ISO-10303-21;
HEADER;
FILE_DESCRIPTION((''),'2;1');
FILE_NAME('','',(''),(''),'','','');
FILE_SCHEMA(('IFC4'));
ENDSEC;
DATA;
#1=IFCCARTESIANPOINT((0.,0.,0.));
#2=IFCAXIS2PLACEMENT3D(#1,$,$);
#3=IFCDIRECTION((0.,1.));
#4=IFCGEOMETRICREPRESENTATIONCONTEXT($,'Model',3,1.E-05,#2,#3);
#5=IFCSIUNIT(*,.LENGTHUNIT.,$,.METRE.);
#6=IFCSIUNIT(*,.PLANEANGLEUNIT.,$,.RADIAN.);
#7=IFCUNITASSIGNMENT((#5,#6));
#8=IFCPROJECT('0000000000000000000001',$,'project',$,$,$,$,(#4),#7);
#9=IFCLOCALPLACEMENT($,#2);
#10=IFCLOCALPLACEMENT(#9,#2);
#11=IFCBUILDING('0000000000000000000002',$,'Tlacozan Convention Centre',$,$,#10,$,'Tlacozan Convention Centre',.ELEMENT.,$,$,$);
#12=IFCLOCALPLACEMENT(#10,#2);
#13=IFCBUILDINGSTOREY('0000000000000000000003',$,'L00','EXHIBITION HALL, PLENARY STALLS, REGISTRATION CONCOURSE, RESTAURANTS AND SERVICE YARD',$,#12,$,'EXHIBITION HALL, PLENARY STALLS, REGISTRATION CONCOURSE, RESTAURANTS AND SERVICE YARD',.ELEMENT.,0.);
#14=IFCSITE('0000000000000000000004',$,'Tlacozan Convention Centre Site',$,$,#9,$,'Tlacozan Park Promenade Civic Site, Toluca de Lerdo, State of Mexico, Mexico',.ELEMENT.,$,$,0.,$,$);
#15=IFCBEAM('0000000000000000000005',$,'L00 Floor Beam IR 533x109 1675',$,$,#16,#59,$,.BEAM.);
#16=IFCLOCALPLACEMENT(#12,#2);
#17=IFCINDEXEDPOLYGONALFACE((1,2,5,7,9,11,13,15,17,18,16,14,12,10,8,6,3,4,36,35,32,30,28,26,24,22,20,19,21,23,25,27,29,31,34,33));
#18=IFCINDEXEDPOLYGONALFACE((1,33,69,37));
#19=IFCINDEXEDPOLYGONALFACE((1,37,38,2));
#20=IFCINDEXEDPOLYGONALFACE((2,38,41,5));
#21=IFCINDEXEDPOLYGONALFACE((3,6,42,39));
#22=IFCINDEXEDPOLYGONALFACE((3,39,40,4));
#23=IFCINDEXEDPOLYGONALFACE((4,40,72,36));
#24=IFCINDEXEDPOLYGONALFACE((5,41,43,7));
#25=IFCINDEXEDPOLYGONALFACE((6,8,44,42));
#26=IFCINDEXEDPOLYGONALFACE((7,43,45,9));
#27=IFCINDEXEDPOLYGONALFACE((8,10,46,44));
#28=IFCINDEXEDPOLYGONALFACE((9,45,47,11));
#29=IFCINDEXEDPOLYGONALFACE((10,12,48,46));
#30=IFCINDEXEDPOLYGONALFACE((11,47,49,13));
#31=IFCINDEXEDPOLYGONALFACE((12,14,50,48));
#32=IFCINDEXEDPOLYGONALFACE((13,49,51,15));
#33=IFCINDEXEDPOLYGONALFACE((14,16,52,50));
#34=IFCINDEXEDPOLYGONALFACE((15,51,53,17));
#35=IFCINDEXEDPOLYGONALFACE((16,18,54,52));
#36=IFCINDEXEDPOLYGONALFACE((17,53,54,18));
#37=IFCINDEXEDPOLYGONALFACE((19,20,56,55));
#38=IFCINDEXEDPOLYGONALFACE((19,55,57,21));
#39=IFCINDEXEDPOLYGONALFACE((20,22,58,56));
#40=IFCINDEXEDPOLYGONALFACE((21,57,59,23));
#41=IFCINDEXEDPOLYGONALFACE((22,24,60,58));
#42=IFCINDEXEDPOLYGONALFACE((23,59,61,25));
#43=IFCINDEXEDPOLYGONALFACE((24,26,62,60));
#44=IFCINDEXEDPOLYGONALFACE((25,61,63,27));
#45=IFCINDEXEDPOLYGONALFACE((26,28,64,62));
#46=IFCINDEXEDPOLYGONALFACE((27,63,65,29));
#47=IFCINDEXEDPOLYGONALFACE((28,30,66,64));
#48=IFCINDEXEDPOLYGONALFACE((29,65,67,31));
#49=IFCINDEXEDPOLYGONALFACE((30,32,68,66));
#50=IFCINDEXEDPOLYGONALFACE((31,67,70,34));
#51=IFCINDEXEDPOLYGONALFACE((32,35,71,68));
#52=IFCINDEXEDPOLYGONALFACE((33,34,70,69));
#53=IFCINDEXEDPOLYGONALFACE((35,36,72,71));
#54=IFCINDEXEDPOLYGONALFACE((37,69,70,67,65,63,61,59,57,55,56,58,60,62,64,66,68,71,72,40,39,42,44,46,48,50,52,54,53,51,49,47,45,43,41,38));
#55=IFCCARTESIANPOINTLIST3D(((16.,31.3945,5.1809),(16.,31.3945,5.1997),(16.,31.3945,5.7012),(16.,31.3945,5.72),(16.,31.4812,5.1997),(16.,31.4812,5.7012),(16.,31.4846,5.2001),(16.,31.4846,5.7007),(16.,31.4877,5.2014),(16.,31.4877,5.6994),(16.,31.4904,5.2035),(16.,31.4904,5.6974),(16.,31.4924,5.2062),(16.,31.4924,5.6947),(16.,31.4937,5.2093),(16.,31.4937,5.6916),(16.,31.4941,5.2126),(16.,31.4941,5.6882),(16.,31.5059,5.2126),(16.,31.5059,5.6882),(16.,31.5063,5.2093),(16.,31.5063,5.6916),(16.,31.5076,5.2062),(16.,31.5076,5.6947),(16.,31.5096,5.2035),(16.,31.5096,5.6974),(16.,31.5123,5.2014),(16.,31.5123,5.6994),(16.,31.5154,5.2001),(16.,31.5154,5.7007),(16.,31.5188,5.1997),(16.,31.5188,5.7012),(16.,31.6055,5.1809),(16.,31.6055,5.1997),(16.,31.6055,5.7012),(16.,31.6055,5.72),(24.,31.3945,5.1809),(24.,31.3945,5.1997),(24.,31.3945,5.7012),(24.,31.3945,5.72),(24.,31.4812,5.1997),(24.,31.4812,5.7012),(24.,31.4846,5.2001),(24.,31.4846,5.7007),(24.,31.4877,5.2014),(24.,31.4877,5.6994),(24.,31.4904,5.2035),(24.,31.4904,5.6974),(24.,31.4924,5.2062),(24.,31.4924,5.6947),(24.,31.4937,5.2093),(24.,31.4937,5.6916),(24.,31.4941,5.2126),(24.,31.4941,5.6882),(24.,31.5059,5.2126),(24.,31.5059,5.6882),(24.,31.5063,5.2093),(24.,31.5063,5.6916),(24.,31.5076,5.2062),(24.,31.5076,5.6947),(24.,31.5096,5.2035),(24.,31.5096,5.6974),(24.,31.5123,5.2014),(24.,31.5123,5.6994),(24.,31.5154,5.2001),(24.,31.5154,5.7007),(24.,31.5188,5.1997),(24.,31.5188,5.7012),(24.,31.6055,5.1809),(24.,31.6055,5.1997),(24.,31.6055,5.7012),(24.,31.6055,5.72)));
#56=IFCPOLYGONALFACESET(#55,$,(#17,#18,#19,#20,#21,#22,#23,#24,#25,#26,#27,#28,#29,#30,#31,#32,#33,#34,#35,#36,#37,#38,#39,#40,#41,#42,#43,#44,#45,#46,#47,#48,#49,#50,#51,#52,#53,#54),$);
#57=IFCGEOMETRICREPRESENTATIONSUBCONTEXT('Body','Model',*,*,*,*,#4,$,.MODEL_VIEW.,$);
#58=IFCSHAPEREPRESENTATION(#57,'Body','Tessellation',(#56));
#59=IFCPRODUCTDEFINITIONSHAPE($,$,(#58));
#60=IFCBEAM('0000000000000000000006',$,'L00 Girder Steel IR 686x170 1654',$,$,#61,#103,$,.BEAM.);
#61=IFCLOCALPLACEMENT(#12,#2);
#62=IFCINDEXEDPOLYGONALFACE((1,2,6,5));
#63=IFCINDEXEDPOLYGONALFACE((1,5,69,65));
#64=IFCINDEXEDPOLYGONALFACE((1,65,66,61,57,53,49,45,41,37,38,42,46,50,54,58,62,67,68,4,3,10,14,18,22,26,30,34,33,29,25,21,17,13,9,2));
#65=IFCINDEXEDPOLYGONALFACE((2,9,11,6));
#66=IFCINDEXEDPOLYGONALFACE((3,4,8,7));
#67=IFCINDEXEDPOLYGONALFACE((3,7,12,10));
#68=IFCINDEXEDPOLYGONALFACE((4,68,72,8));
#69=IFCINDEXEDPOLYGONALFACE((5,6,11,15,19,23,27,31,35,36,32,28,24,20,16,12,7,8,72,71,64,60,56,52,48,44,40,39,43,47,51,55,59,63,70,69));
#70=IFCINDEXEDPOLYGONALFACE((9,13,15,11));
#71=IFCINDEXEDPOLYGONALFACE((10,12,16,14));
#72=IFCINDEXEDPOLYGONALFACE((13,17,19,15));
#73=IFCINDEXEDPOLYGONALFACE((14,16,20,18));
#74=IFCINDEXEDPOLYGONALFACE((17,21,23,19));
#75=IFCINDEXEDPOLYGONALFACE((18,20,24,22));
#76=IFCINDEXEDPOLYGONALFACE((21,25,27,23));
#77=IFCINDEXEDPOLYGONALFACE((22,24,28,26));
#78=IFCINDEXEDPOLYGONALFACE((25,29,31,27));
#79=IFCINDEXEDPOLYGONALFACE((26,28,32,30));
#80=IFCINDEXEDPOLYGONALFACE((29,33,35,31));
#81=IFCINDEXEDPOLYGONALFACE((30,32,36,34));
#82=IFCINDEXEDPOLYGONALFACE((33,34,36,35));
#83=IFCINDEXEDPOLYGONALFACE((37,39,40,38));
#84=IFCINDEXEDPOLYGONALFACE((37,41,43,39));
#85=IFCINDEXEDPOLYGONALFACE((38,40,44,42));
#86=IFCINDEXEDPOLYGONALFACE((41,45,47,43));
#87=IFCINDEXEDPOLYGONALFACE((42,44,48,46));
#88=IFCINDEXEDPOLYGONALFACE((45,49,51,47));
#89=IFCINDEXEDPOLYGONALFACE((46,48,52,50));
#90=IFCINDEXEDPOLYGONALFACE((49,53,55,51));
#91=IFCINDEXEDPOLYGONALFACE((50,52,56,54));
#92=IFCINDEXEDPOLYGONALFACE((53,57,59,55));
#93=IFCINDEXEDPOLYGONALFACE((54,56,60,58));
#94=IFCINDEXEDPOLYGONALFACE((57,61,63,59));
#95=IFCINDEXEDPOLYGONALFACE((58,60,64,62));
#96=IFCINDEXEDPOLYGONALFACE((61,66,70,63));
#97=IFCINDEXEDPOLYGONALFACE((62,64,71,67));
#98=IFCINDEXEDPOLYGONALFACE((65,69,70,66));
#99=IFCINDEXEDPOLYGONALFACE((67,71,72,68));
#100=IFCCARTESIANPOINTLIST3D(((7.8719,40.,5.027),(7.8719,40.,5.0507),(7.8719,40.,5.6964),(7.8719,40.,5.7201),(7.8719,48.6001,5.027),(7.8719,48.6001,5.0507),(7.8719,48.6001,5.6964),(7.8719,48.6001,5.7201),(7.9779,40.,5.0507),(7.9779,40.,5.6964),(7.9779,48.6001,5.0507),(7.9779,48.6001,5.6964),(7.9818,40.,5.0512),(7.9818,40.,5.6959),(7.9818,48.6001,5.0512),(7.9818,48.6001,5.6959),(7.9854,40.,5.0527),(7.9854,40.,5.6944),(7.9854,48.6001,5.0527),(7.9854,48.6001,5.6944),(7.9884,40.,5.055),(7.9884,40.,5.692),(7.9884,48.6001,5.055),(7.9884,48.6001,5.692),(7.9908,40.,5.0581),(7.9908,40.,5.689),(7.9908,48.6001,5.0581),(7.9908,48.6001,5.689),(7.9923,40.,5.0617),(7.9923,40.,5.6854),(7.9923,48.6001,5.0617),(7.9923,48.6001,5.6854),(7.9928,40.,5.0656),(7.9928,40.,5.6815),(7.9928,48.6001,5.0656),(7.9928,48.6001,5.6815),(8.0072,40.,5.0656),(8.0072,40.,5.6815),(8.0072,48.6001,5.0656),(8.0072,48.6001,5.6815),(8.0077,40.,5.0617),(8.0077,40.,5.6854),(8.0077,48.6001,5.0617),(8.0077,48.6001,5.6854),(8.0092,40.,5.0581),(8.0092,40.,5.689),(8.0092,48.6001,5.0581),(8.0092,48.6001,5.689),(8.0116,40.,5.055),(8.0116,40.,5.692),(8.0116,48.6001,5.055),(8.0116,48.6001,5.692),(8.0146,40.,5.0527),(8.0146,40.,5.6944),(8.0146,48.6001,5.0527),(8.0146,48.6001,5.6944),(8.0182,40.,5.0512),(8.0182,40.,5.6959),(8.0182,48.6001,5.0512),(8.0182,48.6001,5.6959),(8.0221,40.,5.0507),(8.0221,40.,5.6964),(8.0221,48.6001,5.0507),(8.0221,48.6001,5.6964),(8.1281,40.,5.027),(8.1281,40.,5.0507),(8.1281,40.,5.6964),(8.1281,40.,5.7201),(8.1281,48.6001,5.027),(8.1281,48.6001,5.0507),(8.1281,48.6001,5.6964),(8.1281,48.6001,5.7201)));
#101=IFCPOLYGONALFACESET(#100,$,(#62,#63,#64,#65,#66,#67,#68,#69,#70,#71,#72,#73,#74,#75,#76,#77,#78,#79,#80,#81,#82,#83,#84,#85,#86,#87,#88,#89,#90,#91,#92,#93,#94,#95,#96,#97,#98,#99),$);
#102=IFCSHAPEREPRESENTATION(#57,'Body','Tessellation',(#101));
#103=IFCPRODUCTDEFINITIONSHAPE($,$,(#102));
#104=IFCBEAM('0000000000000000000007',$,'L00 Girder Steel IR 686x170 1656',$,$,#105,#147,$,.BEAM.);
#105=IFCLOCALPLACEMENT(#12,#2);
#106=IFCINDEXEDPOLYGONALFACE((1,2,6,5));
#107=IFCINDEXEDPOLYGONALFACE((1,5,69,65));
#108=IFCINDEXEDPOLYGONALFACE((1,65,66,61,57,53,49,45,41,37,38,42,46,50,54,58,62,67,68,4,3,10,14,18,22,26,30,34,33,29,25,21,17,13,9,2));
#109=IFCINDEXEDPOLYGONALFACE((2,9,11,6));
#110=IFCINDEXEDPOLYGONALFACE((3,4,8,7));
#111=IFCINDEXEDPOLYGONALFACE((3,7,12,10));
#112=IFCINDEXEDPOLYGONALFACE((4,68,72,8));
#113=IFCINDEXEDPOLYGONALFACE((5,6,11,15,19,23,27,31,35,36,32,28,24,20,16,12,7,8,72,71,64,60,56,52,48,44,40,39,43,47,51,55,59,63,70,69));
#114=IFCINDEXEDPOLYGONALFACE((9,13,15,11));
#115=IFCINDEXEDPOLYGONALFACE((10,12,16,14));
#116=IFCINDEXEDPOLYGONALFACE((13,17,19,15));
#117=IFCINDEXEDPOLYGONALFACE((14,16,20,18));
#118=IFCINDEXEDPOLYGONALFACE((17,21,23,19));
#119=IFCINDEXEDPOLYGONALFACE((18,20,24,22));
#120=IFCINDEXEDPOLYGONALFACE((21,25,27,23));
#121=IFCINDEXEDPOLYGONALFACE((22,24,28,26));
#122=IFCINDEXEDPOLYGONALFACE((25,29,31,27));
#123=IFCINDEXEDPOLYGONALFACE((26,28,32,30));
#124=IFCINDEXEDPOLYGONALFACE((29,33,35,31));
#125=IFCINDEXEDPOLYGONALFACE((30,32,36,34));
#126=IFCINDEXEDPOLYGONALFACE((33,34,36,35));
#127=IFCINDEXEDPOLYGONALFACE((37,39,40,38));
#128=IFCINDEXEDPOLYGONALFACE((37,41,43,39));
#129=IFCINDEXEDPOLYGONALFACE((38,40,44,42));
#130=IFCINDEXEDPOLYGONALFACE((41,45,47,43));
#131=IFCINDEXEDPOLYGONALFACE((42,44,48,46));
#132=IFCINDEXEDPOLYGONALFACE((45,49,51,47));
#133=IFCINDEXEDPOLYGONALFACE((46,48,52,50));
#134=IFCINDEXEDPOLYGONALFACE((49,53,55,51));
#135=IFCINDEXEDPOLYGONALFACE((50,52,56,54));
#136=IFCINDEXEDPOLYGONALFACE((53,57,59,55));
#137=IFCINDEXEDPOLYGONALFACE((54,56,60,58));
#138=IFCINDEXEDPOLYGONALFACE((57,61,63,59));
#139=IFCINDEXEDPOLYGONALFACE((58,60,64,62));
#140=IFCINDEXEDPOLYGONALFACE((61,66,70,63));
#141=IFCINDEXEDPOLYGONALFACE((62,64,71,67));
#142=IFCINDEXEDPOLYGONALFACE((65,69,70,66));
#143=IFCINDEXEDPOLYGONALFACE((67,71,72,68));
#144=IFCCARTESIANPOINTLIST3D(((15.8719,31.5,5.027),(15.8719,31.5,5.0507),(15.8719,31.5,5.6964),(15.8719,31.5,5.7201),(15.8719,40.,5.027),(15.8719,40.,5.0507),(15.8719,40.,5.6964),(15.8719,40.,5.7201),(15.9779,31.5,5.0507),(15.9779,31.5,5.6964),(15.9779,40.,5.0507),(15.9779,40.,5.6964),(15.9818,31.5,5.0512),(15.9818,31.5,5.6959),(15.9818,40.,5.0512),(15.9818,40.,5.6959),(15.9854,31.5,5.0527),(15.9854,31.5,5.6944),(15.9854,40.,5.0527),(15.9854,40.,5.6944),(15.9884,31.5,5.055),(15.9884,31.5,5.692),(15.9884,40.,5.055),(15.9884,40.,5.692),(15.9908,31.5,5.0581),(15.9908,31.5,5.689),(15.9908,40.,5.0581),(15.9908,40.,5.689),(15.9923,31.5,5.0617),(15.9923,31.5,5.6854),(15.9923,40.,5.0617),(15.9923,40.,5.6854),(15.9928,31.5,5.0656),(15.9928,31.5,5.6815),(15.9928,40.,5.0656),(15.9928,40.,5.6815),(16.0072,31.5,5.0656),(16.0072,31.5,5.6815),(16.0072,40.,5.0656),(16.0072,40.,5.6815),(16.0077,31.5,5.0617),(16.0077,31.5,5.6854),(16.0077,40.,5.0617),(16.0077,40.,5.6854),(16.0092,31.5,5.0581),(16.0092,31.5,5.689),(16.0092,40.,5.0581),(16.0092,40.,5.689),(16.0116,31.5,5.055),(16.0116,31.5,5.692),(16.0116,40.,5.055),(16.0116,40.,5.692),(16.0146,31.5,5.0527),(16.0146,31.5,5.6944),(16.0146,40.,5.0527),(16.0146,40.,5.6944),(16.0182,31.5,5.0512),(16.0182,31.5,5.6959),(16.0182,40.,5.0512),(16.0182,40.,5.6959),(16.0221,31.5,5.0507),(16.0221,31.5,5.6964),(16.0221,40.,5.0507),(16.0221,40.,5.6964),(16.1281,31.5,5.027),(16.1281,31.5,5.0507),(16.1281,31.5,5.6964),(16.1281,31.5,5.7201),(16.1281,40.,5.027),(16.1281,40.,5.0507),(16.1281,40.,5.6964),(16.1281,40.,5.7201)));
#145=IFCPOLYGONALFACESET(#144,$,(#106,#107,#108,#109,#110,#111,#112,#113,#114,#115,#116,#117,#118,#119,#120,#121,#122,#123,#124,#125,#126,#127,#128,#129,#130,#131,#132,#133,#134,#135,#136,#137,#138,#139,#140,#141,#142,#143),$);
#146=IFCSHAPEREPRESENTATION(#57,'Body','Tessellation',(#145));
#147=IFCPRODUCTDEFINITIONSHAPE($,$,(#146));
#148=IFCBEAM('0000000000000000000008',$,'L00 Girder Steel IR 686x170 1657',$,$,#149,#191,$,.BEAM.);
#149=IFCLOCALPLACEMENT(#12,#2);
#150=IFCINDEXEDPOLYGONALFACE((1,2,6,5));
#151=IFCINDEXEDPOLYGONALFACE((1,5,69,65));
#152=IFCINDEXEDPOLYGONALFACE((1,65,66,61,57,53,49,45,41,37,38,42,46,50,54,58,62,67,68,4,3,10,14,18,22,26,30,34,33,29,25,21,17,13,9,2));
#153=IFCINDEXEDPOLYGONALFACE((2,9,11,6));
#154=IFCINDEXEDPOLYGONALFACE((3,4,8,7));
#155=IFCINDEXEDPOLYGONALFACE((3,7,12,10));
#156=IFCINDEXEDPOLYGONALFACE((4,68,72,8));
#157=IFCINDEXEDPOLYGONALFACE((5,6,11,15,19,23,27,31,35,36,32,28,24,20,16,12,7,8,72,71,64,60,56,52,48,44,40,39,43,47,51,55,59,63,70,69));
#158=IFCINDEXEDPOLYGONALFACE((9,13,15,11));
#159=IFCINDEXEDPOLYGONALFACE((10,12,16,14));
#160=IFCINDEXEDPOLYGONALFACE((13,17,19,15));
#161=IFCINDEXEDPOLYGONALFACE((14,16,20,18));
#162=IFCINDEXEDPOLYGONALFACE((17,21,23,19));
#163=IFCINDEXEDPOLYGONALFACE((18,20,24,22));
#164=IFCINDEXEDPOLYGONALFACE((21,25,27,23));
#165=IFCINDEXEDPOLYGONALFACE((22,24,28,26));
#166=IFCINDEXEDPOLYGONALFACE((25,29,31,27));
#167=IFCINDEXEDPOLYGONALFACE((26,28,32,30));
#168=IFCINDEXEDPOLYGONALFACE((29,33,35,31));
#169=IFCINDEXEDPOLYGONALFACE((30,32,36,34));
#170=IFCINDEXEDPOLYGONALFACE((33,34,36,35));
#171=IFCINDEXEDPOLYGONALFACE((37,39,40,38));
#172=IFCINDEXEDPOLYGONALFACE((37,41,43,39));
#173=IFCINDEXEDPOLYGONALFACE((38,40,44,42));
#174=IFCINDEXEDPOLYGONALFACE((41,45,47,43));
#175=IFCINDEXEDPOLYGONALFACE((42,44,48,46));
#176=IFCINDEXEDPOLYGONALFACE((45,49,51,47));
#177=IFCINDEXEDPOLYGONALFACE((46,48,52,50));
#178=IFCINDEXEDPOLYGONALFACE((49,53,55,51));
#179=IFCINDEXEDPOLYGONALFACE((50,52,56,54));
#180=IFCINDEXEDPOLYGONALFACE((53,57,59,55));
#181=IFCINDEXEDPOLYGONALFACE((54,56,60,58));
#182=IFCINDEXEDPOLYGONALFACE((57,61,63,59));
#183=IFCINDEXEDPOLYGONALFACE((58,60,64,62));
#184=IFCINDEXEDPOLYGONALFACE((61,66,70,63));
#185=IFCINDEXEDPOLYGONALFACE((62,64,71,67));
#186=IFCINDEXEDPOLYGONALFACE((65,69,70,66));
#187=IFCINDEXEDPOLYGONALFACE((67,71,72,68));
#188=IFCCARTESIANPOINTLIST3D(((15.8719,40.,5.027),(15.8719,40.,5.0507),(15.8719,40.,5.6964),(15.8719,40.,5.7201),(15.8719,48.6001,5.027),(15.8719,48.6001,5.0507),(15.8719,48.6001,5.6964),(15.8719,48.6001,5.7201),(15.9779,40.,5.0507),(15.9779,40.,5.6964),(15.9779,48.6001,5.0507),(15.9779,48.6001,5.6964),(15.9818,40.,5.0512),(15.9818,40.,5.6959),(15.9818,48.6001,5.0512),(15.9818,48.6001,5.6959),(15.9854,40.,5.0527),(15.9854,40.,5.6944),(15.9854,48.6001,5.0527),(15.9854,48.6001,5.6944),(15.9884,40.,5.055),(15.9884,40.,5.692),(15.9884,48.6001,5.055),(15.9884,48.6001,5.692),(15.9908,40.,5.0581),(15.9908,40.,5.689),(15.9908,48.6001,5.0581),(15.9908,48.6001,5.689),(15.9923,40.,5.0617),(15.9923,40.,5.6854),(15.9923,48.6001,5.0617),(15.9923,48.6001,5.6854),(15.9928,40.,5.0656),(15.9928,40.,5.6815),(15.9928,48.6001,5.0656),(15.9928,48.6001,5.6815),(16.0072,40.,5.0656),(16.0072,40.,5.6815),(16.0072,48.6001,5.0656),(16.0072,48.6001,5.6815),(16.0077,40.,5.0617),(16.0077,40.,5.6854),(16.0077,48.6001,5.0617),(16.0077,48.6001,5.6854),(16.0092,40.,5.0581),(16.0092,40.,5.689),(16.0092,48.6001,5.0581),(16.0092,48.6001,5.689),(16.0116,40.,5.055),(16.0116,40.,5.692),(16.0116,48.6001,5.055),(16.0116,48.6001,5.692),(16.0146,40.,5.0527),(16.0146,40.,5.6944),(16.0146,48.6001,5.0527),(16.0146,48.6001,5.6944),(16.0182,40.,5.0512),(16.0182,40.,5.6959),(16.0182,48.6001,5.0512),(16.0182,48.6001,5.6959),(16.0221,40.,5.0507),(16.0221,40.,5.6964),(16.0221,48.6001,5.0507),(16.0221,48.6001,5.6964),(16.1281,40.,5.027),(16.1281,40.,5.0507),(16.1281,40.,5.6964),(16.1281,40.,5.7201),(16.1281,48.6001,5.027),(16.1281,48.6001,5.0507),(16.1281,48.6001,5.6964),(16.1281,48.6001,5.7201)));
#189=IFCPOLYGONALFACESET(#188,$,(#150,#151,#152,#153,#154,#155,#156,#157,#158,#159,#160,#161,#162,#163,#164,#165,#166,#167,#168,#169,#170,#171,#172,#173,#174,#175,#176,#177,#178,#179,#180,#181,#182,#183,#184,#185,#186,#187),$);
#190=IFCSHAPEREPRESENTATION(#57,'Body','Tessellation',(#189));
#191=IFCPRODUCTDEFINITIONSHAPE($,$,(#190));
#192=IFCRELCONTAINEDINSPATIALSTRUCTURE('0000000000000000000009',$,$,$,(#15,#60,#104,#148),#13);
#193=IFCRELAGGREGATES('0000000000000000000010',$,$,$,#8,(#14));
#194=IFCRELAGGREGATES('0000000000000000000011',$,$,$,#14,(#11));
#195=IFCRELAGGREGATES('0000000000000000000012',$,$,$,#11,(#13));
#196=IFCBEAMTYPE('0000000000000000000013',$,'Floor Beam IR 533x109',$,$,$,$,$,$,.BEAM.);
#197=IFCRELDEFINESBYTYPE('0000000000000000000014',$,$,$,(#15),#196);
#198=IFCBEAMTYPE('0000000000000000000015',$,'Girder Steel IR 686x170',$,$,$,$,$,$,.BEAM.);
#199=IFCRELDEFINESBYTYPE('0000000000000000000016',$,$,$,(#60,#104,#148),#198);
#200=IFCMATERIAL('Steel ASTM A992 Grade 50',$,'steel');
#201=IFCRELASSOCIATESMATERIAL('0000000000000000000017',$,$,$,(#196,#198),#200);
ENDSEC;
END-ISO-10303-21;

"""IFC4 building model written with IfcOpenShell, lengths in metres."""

from ifc_helpers import new_model, si_unit, direction, frame, origin, origin_2d, place, context, subcontext, project, spatial, i_section, extrude, material, material_profile, profile_set, type_object, element, save


model = new_model("IFC4")

# Units and contexts
model_context = context("Model", 3, precision=1e-05, world=origin(), true_north=direction((0.0, 1.0)))
body_context = subcontext(model_context, "Body", "Model", "MODEL_VIEW")
ifc_project = project(units=[si_unit("LENGTHUNIT", "METRE"), si_unit("PLANEANGLEUNIT", "RADIAN")], contexts=[model_context])

# Site, building, storey
site_placement = place(None, origin())
site = spatial("IfcSite", under=ifc_project, at=site_placement, Name="Tlacozan Convention Centre Site", LongName="Tlacozan Park Promenade Civic Site, Toluca de Lerdo, State of Mexico, Mexico", CompositionType="ELEMENT", RefElevation=0.0)
building_placement = place(site_placement, origin())
building = spatial("IfcBuilding", under=site, at=building_placement, Name="Tlacozan Convention Centre", LongName="Tlacozan Convention Centre", CompositionType="ELEMENT")
storey_placement = place(building_placement, origin())
storey = spatial("IfcBuildingStorey", under=building, at=storey_placement, Name="L00", Description="EXHIBITION HALL, PLENARY STALLS, REGISTRATION CONCOURSE, RESTAURANTS AND SERVICE YARD", LongName="EXHIBITION HALL, PLENARY STALLS, REGISTRATION CONCOURSE, RESTAURANTS AND SERVICE YARD", CompositionType="ELEMENT", Elevation=0.0)

# Shared definitions
ifc_material_1 = material(Name="Steel ASTM A992 Grade 50", Category="steel")

# Beams
ifc_material_profile_1 = material_profile(ifc_material_1, i_section(OverallWidth=0.2109, OverallDepth=0.5391, WebThickness=0.0117, FlangeThickness=0.0188, FilletRadius=0.0129, at=origin_2d()), Name="IR 533x109.0")
ifc_profile_set_1 = profile_set([ifc_material_profile_1], Name="Steel ASTM A992 Grade 50")
beam_type_1 = type_object("IfcBeamType", Name="Floor Beam IR 533x109", PredefinedType="BEAM", material=ifc_profile_set_1)
for number, where, z_axis, x_axis, name in (
    (1, (16.0, 31.5, 5.4504), (1.0, 0.0, 0.0), (0.0, 1.0, 0.0), "L00 Floor Beam IR 533x109 1675"),
):
    element("IfcBeam", number, at=place(storey_placement, frame(where, z_axis=z_axis, x_axis=x_axis)), inside=storey, type_object=beam_type_1, Name=name, PredefinedType="BEAM", context=body_context, shape_type="SweptSolid", body=[
        extrude(i_section(OverallWidth=0.2109, OverallDepth=0.5391, WebThickness=0.0117, FlangeThickness=0.0188, FilletRadius=0.0129, at=origin_2d()), origin(), (0.0, 0.0, 1.0), 8.0),
    ])
ifc_material_profile_2 = material_profile(ifc_material_1, i_section(OverallWidth=0.2561, OverallDepth=0.6931, WebThickness=0.0144, FlangeThickness=0.0237, FilletRadius=0.0149, at=origin_2d()), Name="IR 686x170.0")
ifc_profile_set_2 = profile_set([ifc_material_profile_2], Name="Steel ASTM A992 Grade 50")
beam_type_2 = type_object("IfcBeamType", Name="Girder Steel IR 686x170", PredefinedType="BEAM", material=ifc_profile_set_2)
beam_1_placement = place(storey_placement, frame((8.0, 40.0, 5.3735), z_axis=(0.0, 1.0, 0.0), x_axis=(-1.0, 0.0, 0.0)))
element("IfcBeam", 2, at=beam_1_placement, inside=storey, type_object=beam_type_2, Name="L00 Girder Steel IR 686x170 1654", PredefinedType="BEAM", context=body_context, shape_type="SweptSolid", body=[
    extrude(i_section(OverallWidth=0.2561, OverallDepth=0.6931, WebThickness=0.0144, FlangeThickness=0.0237, FilletRadius=0.0149, at=origin_2d()), origin(), (0.0, 0.0, 1.0), 8.6001),
])
beam_2_placement = place(storey_placement, frame((16.0, 31.5, 5.3735), z_axis=(0.0, 1.0, 0.0), x_axis=(-1.0, 0.0, 0.0)))
element("IfcBeam", 3, at=beam_2_placement, inside=storey, type_object=beam_type_2, Name="L00 Girder Steel IR 686x170 1656", PredefinedType="BEAM", context=body_context, shape_type="SweptSolid", body=[
    extrude(i_section(OverallWidth=0.2561, OverallDepth=0.6931, WebThickness=0.0144, FlangeThickness=0.0237, FilletRadius=0.0149, at=origin_2d()), origin(), (0.0, 0.0, 1.0), 8.5),
])
beam_3_placement = place(storey_placement, frame((16.0, 40.0, 5.3735), z_axis=(0.0, 1.0, 0.0), x_axis=(-1.0, 0.0, 0.0)))
element("IfcBeam", 4, at=beam_3_placement, inside=storey, type_object=beam_type_2, Name="L00 Girder Steel IR 686x170 1657", PredefinedType="BEAM", context=body_context, shape_type="SweptSolid", body=[
    extrude(i_section(OverallWidth=0.2561, OverallDepth=0.6931, WebThickness=0.0144, FlangeThickness=0.0237, FilletRadius=0.0149, at=origin_2d()), origin(), (0.0, 0.0, 1.0), 8.6001),
])

save(model, "model.ifc")
